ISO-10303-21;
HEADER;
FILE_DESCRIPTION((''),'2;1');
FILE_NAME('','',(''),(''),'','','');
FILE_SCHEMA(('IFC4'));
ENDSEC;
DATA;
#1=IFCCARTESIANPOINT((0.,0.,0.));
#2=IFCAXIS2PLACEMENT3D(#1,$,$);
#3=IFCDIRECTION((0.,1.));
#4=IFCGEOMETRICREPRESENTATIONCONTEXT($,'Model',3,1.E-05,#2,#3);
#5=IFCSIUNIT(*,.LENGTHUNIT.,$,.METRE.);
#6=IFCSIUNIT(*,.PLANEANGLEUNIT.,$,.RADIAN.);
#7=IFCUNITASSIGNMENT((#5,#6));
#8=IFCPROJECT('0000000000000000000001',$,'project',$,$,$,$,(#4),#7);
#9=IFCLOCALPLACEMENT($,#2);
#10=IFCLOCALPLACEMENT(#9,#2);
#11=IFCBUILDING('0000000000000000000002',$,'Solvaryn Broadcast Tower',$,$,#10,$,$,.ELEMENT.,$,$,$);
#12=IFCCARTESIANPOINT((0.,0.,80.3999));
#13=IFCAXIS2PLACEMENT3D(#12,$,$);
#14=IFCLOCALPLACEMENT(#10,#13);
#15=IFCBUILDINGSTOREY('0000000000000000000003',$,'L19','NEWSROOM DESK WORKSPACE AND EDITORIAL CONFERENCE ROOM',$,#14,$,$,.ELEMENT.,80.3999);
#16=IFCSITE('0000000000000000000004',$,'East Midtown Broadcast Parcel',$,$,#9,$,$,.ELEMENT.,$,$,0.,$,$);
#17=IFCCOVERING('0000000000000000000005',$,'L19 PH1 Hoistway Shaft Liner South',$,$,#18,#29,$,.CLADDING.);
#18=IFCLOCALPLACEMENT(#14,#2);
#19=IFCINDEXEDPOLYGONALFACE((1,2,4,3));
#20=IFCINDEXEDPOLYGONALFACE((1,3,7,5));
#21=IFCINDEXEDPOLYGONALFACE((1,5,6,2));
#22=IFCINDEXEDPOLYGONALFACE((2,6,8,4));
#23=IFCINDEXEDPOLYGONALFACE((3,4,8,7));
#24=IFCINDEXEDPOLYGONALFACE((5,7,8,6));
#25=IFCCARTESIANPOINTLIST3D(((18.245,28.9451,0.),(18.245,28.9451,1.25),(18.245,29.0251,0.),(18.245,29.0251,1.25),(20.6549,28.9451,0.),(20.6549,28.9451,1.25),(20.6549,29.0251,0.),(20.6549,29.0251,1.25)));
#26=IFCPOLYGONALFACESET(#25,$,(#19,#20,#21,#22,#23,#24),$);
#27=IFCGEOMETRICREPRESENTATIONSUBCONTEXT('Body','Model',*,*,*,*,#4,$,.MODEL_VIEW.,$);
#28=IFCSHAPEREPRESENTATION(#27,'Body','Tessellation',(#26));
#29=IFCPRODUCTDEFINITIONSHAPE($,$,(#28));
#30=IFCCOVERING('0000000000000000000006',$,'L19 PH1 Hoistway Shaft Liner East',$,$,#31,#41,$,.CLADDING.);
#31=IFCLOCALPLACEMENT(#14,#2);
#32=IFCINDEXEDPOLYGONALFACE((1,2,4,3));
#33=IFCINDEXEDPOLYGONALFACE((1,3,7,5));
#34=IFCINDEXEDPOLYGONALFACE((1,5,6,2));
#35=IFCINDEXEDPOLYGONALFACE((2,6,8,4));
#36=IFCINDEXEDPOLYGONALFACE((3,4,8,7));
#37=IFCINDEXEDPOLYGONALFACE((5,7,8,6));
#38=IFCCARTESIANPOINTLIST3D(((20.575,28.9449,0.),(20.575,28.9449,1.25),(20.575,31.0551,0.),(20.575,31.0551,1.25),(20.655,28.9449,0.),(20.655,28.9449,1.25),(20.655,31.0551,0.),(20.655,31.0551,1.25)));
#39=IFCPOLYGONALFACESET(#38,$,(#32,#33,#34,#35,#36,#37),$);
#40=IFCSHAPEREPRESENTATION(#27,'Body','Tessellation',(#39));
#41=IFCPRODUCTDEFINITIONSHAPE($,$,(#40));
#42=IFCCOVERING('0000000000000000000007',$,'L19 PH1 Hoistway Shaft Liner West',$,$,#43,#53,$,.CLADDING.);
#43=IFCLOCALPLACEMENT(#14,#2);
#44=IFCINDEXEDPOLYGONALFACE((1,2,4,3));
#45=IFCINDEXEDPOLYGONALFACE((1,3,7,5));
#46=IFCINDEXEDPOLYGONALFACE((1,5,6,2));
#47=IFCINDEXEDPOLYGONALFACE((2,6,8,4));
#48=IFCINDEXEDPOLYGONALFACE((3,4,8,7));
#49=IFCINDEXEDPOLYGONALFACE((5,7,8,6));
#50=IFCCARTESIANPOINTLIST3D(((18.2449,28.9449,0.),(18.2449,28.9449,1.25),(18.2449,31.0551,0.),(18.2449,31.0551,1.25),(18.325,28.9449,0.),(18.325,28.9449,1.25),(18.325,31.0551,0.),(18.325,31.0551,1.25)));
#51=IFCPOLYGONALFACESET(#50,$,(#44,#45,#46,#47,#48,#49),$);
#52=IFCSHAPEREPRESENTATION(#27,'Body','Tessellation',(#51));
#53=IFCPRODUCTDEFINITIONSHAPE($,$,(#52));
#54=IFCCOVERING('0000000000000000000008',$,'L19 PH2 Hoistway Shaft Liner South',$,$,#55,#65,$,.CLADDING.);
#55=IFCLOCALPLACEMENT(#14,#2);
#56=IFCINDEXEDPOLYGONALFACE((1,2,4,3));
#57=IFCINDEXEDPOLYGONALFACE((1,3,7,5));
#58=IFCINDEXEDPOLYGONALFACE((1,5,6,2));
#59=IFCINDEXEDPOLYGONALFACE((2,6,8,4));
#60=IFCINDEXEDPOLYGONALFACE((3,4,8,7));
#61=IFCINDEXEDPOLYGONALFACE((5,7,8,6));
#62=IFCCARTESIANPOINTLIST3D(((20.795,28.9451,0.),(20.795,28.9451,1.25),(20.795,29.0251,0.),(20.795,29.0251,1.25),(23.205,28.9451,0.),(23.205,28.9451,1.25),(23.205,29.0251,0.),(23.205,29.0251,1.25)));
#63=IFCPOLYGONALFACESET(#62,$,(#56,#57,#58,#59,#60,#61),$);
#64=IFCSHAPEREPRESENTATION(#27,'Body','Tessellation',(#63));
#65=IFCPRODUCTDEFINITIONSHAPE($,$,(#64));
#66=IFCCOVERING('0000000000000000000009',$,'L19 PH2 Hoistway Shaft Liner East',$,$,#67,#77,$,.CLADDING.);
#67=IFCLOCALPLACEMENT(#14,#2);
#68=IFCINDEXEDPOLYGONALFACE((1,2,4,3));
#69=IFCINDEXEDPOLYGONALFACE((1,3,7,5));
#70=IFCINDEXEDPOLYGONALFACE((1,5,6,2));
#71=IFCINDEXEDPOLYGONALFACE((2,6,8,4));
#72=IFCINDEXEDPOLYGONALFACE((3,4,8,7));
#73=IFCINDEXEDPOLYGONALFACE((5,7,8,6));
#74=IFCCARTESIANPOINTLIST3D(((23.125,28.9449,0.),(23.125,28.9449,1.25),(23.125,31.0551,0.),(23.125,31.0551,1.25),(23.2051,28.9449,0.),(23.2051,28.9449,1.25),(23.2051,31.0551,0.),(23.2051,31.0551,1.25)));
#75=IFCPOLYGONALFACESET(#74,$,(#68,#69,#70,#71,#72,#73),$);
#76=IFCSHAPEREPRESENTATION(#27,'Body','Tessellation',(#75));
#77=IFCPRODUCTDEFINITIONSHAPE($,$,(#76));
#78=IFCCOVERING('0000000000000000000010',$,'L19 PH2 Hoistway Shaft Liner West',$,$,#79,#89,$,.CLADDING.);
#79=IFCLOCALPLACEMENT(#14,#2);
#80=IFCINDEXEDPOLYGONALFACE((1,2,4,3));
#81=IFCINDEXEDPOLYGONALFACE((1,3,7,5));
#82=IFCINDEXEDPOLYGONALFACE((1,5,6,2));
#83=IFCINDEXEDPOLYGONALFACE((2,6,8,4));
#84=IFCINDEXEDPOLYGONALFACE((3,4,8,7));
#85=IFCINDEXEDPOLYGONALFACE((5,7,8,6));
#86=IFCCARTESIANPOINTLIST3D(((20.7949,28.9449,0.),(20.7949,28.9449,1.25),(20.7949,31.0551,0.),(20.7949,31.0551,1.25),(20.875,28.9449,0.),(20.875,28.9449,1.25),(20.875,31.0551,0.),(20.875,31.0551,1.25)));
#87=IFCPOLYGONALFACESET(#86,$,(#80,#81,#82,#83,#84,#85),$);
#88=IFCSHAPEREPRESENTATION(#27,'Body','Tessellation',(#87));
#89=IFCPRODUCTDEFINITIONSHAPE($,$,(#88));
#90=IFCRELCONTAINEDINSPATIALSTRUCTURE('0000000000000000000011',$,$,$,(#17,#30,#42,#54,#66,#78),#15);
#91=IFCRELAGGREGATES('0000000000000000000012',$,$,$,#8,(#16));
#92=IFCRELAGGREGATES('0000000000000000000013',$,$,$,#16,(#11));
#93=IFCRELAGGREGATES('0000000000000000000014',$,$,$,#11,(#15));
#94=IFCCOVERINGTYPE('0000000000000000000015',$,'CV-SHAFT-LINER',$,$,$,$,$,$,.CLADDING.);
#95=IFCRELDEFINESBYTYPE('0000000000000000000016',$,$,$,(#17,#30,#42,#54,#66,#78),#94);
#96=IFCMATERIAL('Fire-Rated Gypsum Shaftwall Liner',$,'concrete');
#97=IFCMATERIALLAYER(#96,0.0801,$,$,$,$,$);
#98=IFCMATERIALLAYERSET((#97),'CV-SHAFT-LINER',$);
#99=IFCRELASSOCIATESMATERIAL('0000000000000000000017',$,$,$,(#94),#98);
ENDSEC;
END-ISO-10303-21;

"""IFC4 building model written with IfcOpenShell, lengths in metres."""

from ifc_helpers import new_model, si_unit, direction, frame, origin, origin_2d, place, context, subcontext, project, spatial, rectangle, extrude, material, layer, layer_set, type_object, element, save


model = new_model("IFC4")

# Units and contexts
model_context = context("Model", 3, precision=1e-05, world=origin(), true_north=direction((0.0, 1.0)))
body_context = subcontext(model_context, "Body", "Model", "MODEL_VIEW")
ifc_project = project(units=[si_unit("LENGTHUNIT", "METRE"), si_unit("PLANEANGLEUNIT", "RADIAN")], contexts=[model_context])

# Site, building, storey
site_placement = place(None, origin())
site = spatial("IfcSite", under=ifc_project, at=site_placement, Name="East Midtown Broadcast Parcel", CompositionType="ELEMENT", RefElevation=0.0)
building_placement = place(site_placement, origin())
building = spatial("IfcBuilding", under=site, at=building_placement, Name="Solvaryn Broadcast Tower", CompositionType="ELEMENT")
storey_placement = place(building_placement, frame((0.0, 0.0, 80.3999)))
storey = spatial("IfcBuildingStorey", under=building, at=storey_placement, Name="L19", Description="NEWSROOM DESK WORKSPACE AND EDITORIAL CONFERENCE ROOM", CompositionType="ELEMENT", Elevation=80.3999)

# Coverings
ifc_material_1 = material(Name="Fire-Rated Gypsum Shaftwall Liner", Category="concrete")
ifc_layer_1 = layer(ifc_material_1, 0.0801)
ifc_layer_set_1 = layer_set([ifc_layer_1], Name="CV-SHAFT-LINER")
covering_type = type_object("IfcCoveringType", Name="CV-SHAFT-LINER", PredefinedType="CLADDING", material=ifc_layer_set_1)
for number, where, z_axis, x_axis, name in (
    (1, (19.45, 28.9851, 0.0), (0.0, 0.0, 1.0), (1.0, 0.0, 0.0), "L19 PH1 Hoistway Shaft Liner South"),
):
    element("IfcCovering", number, at=place(storey_placement, frame(where, z_axis=z_axis, x_axis=x_axis)), inside=storey, type_object=covering_type, Name=name, PredefinedType="CLADDING", context=body_context, shape_type="SweptSolid", body=[
        extrude(rectangle(XDim=2.4099, YDim=0.0801, at=origin_2d()), origin(), (0.0, 0.0, 1.0), 1.25),
    ])
for number, where, z_axis, x_axis, name in (
    (2, (20.615, 30.0, 0.0), (0.0, 0.0, 1.0), (1.0, 0.0, 0.0), "L19 PH1 Hoistway Shaft Liner East"),
    (3, (18.2849, 30.0, 0.0), (0.0, 0.0, 1.0), (1.0, 0.0, 0.0), "L19 PH1 Hoistway Shaft Liner West"),
):
    element("IfcCovering", number, at=place(storey_placement, frame(where, z_axis=z_axis, x_axis=x_axis)), inside=storey, type_object=covering_type, Name=name, PredefinedType="CLADDING", context=body_context, shape_type="SweptSolid", body=[
        extrude(rectangle(XDim=0.0801, YDim=2.1101, at=origin_2d()), origin(), (0.0, 0.0, 1.0), 1.25),
    ])
covering_placement = place(storey_placement, frame((22.0, 28.9851, 0.0), z_axis=(0.0, 0.0, 1.0), x_axis=(1.0, 0.0, 0.0)))
element("IfcCovering", 4, at=covering_placement, inside=storey, type_object=covering_type, Name="L19 PH2 Hoistway Shaft Liner South", PredefinedType="CLADDING", context=body_context, shape_type="SweptSolid", body=[
    extrude(rectangle(XDim=2.4099, YDim=0.0801, at=origin_2d()), origin(), (0.0, 0.0, 1.0), 1.25),
])
for number, where, z_axis, x_axis, name in (
    (5, (23.165, 30.0, 0.0), (0.0, 0.0, 1.0), (1.0, 0.0, 0.0), "L19 PH2 Hoistway Shaft Liner East"),
    (6, (20.835, 30.0, 0.0), (0.0, 0.0, 1.0), (1.0, 0.0, 0.0), "L19 PH2 Hoistway Shaft Liner West"),
):
    element("IfcCovering", number, at=place(storey_placement, frame(where, z_axis=z_axis, x_axis=x_axis)), inside=storey, type_object=covering_type, Name=name, PredefinedType="CLADDING", context=body_context, shape_type="SweptSolid", body=[
        extrude(rectangle(XDim=0.0801, YDim=2.1101, at=origin_2d()), origin(), (0.0, 0.0, 1.0), 1.25),
    ])

save(model, "model.ifc")
